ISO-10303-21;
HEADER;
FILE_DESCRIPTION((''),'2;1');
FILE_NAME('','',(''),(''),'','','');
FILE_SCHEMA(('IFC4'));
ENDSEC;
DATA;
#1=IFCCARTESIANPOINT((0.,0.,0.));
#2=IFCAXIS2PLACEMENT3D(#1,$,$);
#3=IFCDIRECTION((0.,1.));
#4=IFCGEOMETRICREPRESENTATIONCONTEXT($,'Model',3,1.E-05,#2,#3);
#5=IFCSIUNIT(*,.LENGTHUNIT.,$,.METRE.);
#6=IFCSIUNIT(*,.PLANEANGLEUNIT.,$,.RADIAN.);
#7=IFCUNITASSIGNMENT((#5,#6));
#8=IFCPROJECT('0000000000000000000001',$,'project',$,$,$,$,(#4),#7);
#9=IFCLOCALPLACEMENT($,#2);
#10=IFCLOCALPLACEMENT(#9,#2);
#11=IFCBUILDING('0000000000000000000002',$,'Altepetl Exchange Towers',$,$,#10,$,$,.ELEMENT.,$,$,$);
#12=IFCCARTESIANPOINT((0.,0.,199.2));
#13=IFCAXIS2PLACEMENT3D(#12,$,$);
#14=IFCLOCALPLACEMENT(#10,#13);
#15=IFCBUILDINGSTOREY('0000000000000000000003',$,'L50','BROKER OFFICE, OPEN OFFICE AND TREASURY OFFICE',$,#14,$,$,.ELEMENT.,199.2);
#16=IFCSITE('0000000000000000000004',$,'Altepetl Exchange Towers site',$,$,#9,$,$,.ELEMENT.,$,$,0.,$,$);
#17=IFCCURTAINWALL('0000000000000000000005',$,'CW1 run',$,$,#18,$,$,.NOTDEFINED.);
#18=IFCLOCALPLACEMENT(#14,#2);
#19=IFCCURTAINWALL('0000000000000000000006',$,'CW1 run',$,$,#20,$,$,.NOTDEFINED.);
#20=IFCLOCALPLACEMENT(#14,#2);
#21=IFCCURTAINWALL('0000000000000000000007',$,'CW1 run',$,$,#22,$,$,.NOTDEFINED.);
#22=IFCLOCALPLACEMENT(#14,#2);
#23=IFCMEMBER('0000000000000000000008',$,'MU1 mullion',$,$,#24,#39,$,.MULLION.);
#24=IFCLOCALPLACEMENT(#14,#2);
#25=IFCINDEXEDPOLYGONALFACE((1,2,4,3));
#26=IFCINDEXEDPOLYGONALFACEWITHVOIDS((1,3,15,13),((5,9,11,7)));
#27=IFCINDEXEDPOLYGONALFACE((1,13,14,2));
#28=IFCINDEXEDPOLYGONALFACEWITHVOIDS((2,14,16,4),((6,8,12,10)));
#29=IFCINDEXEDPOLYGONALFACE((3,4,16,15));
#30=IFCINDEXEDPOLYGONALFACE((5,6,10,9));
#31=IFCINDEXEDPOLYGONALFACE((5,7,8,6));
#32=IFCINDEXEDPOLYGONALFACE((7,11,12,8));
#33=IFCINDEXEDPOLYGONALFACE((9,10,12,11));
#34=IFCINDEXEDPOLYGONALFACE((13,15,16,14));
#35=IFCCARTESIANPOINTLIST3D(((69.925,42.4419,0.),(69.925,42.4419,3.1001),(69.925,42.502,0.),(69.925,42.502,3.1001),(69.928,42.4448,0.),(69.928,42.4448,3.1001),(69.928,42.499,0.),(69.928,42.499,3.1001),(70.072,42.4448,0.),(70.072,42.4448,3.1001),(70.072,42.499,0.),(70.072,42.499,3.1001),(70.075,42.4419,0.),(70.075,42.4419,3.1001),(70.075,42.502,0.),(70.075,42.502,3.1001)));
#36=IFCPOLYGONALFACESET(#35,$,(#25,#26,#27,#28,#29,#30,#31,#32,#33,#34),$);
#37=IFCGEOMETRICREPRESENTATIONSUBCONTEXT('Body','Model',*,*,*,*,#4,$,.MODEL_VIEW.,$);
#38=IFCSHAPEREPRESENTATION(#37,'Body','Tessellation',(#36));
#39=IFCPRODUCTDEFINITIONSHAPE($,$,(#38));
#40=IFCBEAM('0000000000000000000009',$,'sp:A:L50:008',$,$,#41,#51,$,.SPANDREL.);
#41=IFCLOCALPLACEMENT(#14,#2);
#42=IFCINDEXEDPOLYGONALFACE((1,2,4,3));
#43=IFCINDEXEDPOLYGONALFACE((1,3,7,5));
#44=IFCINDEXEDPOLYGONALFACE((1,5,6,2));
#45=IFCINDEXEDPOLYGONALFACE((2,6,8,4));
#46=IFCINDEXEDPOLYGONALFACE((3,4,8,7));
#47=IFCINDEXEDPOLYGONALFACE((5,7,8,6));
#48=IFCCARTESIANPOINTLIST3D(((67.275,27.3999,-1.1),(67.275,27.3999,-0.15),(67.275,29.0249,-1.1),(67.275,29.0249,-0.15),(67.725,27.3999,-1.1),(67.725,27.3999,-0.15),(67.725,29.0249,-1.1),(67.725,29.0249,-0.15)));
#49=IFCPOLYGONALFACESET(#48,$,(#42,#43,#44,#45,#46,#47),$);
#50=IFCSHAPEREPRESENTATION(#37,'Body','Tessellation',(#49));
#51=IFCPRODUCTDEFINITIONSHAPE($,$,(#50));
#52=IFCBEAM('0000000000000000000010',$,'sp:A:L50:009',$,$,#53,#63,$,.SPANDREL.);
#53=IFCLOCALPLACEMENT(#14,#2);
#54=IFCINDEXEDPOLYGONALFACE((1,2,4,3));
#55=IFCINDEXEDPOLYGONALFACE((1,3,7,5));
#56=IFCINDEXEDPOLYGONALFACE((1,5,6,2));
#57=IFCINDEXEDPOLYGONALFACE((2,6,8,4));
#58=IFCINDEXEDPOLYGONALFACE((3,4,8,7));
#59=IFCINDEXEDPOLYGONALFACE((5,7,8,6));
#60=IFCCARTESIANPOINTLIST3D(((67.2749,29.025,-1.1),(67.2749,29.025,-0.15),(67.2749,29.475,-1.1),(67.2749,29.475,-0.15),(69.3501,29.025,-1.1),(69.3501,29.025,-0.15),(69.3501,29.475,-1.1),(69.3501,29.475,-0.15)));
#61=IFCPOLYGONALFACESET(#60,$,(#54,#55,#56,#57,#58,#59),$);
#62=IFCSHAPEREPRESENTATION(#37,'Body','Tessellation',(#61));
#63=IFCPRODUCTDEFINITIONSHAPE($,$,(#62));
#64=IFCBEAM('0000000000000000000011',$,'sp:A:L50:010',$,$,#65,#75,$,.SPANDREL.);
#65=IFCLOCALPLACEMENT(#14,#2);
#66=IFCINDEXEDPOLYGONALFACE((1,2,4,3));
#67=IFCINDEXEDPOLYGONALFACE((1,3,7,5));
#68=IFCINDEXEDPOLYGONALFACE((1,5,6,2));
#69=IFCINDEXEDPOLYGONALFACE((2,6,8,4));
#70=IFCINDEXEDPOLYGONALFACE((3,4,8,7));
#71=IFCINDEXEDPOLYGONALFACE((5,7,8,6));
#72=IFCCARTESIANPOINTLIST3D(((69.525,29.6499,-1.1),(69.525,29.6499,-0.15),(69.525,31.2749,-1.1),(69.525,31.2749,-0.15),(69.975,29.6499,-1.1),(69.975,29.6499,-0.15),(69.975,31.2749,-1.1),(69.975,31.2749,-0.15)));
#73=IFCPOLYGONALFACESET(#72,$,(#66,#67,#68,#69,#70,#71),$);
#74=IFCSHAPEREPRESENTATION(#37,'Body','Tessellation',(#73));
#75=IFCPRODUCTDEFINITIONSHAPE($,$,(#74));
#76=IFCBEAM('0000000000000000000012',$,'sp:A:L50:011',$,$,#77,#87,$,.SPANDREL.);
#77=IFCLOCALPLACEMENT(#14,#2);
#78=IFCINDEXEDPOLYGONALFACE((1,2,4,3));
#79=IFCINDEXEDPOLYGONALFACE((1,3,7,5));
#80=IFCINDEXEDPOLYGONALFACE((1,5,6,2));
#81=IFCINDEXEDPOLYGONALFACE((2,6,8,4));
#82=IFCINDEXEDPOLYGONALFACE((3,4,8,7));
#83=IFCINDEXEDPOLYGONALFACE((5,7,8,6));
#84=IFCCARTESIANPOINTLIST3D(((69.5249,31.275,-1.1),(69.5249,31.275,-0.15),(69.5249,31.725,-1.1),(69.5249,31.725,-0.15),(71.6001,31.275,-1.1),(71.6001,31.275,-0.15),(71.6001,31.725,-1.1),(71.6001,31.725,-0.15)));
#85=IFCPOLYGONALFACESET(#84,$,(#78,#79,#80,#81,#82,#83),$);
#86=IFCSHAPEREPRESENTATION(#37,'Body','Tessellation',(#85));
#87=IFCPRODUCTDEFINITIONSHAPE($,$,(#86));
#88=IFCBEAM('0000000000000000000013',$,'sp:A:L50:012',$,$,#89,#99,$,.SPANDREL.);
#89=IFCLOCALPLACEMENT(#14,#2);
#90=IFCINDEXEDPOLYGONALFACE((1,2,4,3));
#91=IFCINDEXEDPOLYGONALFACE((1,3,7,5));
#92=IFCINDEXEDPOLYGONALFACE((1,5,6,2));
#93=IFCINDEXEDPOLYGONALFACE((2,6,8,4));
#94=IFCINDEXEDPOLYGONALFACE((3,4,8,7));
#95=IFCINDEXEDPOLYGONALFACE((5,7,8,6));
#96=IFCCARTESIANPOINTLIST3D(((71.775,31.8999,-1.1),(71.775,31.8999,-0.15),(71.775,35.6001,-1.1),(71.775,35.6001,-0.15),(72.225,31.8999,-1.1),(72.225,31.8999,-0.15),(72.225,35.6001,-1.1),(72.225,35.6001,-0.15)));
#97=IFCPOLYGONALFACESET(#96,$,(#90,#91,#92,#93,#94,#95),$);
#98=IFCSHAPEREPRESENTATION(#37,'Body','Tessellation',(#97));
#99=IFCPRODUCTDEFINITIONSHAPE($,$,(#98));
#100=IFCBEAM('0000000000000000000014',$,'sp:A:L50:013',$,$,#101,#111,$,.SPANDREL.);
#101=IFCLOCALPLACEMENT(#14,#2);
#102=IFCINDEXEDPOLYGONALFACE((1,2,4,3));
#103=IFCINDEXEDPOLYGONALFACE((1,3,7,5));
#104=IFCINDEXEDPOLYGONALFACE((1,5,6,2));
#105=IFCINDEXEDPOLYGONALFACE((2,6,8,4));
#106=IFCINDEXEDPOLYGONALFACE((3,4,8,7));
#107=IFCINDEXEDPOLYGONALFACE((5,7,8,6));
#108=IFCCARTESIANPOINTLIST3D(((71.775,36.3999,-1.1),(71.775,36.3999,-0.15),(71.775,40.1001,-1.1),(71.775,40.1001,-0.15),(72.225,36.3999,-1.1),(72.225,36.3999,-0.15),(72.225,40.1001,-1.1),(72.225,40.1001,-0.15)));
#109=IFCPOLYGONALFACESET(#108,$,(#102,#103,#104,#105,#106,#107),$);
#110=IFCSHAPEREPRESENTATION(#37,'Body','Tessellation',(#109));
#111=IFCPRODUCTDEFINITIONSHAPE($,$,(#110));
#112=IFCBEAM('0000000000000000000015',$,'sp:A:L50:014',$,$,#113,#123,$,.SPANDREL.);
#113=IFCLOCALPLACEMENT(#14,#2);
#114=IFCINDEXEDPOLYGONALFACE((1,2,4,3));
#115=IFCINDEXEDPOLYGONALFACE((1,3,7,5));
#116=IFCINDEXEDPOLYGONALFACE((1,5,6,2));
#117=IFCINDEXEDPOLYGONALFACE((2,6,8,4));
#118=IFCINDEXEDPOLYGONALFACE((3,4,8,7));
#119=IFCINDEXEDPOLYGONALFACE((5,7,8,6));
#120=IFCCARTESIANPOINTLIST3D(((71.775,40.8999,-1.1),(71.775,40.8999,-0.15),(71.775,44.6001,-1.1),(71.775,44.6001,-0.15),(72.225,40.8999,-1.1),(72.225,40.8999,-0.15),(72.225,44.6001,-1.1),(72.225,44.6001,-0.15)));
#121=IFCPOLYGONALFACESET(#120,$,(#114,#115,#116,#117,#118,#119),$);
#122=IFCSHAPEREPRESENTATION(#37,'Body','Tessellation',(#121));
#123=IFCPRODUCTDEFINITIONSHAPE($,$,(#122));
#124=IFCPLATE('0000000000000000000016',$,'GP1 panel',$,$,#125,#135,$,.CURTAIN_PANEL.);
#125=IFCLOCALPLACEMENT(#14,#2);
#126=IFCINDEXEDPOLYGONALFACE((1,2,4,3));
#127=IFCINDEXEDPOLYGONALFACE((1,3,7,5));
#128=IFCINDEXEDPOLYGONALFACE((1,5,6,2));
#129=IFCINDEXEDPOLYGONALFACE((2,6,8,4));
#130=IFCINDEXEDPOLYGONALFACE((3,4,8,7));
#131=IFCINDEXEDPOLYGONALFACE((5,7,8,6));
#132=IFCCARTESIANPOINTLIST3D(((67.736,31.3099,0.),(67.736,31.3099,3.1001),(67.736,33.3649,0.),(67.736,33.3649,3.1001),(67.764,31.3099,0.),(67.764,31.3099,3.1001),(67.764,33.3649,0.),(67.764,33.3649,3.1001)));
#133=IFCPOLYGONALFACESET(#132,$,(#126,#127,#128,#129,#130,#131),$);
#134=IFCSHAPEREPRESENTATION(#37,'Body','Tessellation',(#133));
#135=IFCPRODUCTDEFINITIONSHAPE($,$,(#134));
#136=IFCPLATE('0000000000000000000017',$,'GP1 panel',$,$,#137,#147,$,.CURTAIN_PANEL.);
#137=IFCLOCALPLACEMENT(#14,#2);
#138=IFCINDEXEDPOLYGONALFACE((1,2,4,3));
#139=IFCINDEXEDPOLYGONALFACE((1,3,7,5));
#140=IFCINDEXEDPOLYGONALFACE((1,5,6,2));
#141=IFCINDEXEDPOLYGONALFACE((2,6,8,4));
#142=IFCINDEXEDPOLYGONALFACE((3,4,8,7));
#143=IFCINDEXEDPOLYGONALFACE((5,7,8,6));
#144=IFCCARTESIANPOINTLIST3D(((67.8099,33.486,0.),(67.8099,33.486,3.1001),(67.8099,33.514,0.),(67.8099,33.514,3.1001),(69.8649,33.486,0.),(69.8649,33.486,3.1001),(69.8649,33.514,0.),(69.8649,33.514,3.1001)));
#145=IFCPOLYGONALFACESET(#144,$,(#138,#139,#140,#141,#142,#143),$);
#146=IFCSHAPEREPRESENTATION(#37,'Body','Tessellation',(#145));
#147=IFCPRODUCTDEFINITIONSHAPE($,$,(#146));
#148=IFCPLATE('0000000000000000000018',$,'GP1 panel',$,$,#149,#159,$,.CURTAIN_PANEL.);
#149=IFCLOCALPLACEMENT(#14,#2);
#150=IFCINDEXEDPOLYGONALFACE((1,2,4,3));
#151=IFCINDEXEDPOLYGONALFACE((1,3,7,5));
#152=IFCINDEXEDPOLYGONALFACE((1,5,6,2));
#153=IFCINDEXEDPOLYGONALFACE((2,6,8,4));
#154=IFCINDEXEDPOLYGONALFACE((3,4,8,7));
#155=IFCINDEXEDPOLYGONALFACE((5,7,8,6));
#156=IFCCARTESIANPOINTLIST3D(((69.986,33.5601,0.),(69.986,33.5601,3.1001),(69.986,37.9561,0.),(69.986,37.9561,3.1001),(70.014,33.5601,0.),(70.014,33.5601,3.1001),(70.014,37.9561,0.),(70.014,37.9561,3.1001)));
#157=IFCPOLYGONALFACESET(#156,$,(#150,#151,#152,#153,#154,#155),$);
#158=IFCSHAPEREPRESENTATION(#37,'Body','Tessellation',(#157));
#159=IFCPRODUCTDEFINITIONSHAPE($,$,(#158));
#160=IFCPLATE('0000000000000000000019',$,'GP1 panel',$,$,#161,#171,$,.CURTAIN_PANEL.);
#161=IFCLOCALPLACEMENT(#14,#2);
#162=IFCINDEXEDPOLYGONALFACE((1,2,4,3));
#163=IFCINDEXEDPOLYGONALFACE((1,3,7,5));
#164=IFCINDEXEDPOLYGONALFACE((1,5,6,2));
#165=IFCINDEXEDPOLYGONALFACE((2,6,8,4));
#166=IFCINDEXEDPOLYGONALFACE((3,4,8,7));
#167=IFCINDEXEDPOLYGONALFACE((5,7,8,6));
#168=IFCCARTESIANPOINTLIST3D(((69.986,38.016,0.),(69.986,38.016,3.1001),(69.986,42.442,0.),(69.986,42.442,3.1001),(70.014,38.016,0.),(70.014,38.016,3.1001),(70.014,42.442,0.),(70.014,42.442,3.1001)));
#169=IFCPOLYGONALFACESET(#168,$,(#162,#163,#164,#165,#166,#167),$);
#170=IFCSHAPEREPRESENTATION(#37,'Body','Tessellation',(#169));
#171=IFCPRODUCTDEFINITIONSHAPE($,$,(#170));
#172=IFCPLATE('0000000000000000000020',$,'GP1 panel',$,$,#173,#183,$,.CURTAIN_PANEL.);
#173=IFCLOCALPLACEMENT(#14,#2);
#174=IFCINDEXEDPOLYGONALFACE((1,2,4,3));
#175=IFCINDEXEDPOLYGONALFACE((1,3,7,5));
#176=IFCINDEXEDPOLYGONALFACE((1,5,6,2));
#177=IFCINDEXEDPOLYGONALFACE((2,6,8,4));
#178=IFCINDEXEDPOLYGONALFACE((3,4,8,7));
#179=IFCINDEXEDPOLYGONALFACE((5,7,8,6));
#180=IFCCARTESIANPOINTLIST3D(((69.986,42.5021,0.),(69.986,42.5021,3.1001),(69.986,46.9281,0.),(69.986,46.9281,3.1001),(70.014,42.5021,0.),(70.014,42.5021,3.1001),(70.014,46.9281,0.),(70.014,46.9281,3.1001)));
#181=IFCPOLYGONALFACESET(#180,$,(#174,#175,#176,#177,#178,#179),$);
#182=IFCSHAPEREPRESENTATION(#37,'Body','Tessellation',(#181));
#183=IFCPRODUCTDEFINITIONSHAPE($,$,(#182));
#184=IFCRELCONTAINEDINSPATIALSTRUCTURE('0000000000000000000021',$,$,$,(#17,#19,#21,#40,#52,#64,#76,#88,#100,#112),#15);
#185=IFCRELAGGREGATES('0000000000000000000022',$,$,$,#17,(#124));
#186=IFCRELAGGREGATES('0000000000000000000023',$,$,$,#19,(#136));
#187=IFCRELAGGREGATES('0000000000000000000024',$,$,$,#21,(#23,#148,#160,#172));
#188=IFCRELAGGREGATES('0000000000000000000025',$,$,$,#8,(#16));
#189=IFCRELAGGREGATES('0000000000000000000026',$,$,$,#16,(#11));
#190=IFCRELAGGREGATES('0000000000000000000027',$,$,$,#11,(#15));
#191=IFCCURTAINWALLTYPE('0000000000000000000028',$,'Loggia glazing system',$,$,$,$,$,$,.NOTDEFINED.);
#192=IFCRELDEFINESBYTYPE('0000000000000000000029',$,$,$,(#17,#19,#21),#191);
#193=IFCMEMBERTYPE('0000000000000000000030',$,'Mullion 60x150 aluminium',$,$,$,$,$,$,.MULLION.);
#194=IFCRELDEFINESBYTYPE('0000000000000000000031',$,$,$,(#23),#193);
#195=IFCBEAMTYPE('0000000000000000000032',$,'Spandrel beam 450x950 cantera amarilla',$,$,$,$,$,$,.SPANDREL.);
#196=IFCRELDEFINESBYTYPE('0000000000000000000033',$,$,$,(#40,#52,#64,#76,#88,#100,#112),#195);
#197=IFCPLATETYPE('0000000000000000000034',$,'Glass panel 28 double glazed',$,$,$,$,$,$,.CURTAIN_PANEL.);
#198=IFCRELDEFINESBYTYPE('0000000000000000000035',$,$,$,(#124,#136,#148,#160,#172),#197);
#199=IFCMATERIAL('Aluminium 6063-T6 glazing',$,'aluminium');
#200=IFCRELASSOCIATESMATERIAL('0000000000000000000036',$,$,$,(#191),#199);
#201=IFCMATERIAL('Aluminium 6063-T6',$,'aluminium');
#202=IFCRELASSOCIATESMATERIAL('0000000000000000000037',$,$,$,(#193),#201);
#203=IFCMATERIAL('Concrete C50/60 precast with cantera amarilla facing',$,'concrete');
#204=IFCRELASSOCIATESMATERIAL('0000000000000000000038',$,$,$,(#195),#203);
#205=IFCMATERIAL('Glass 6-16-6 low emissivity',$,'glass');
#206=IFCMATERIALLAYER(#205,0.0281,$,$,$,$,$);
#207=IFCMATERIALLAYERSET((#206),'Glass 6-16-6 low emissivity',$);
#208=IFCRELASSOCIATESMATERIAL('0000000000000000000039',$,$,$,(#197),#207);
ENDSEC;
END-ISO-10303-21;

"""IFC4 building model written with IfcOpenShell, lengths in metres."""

from ifc_helpers import new_model, si_unit, direction, frame, origin, origin_2d, place, context, subcontext, project, spatial, rectangle, hollow_rectangle, extrude, material, layer, layer_set, material_profile, profile_set, type_object, element, aggregate, save


model = new_model("IFC4")

# Units and contexts
model_context = context("Model", 3, precision=1e-05, world=origin(), true_north=direction((0.0, 1.0)))
body_context = subcontext(model_context, "Body", "Model", "MODEL_VIEW")
ifc_project = project(units=[si_unit("LENGTHUNIT", "METRE"), si_unit("PLANEANGLEUNIT", "RADIAN")], contexts=[model_context])

# Site, building, storey
site_placement = place(None, origin())
site = spatial("IfcSite", under=ifc_project, at=site_placement, Name="Altepetl Exchange Towers site", CompositionType="ELEMENT", RefElevation=0.0)
building_placement = place(site_placement, origin())
building = spatial("IfcBuilding", under=site, at=building_placement, Name="Altepetl Exchange Towers", CompositionType="ELEMENT")
storey_placement = place(building_placement, frame((0.0, 0.0, 199.2)))
storey = spatial("IfcBuildingStorey", under=building, at=storey_placement, Name="L50", Description="BROKER OFFICE, OPEN OFFICE AND TREASURY OFFICE", CompositionType="ELEMENT", Elevation=199.2)

# Shared definitions
ifc_material_1 = material(Name="Aluminium 6063-T6 glazing", Category="aluminium")
curtain_wall_type = type_object("IfcCurtainWallType", Name="Loggia glazing system", PredefinedType="NOTDEFINED", material=ifc_material_1)
ifc_material_2 = material(Name="Aluminium 6063-T6", Category="aluminium")
ifc_material_profile_1 = material_profile(ifc_material_2, hollow_rectangle(XDim=0.0601, YDim=0.1499, WallThickness=0.0029, at=origin_2d()), Name="Mullion 60x150 aluminium")
ifc_profile_set_1 = profile_set([ifc_material_profile_1], Name="Aluminium 6063-T6")
member_type = type_object("IfcMemberType", Name="Mullion 60x150 aluminium", PredefinedType="MULLION", material=ifc_profile_set_1)

# Curtain walls, member
curtain_wall_1_placement = place(storey_placement, origin())
curtain_wall_1 = element("IfcCurtainWall", 1, at=curtain_wall_1_placement, inside=storey, type_object=curtain_wall_type, Name="CW1 run", PredefinedType="NOTDEFINED")
curtain_wall_2_placement = place(storey_placement, origin())
curtain_wall_2 = element("IfcCurtainWall", 2, at=curtain_wall_2_placement, inside=storey, type_object=curtain_wall_type, Name="CW1 run", PredefinedType="NOTDEFINED")
curtain_wall_3_placement = place(storey_placement, origin())
curtain_wall_3 = element("IfcCurtainWall", 3, at=curtain_wall_3_placement, inside=storey, type_object=curtain_wall_type, Name="CW1 run", PredefinedType="NOTDEFINED")
member_1_placement = place(storey_placement, frame((70.0, 42.4719, 0.0), z_axis=(0.0, 0.0, 1.0), x_axis=(0.0, 1.0, 0.0)))
member_1 = element("IfcMember", 4, at=member_1_placement, type_object=member_type, Name="MU1 mullion", PredefinedType="MULLION", context=body_context, shape_type="SweptSolid", body=[
    extrude(hollow_rectangle(XDim=0.0601, YDim=0.1499, WallThickness=0.0029, at=origin_2d()), origin(), (0.0, 0.0, 1.0), 3.1001),
])

# Beams
ifc_material_3 = material(Name="Concrete C50/60 precast with cantera amarilla facing", Category="concrete")
ifc_material_profile_2 = material_profile(ifc_material_3, rectangle(XDim=0.45, YDim=0.95, at=origin_2d()), Name="450 x 950")
ifc_profile_set_2 = profile_set([ifc_material_profile_2], Name="Concrete C50/60 precast with cantera amarilla facing")
beam_type = type_object("IfcBeamType", Name="Spandrel beam 450x950 cantera amarilla", PredefinedType="SPANDREL", material=ifc_profile_set_2)
beam_1_placement = place(storey_placement, frame((67.5, 27.3999, -0.625), z_axis=(0.0, 1.0, 0.0), x_axis=(-1.0, 0.0, 0.0)))
element("IfcBeam", 5, at=beam_1_placement, inside=storey, type_object=beam_type, Name="sp:A:L50:008", PredefinedType="SPANDREL", context=body_context, shape_type="SweptSolid", body=[
    extrude(rectangle(XDim=0.45, YDim=0.95, at=origin_2d()), origin(), (0.0, 0.0, 1.0), 1.625),
])
beam_2_placement = place(storey_placement, frame((67.2749, 29.25, -0.625), z_axis=(1.0, 0.0, 0.0), x_axis=(0.0, 1.0, 0.0)))
element("IfcBeam", 6, at=beam_2_placement, inside=storey, type_object=beam_type, Name="sp:A:L50:009", PredefinedType="SPANDREL", context=body_context, shape_type="SweptSolid", body=[
    extrude(rectangle(XDim=0.45, YDim=0.95, at=origin_2d()), origin(), (0.0, 0.0, 1.0), 2.0752),
])
beam_3_placement = place(storey_placement, frame((69.75, 29.6499, -0.625), z_axis=(0.0, 1.0, 0.0), x_axis=(-1.0, 0.0, 0.0)))
element("IfcBeam", 7, at=beam_3_placement, inside=storey, type_object=beam_type, Name="sp:A:L50:010", PredefinedType="SPANDREL", context=body_context, shape_type="SweptSolid", body=[
    extrude(rectangle(XDim=0.45, YDim=0.95, at=origin_2d()), origin(), (0.0, 0.0, 1.0), 1.625),
])
beam_4_placement = place(storey_placement, frame((69.5249, 31.5, -0.625), z_axis=(1.0, 0.0, 0.0), x_axis=(0.0, 1.0, 0.0)))
element("IfcBeam", 8, at=beam_4_placement, inside=storey, type_object=beam_type, Name="sp:A:L50:011", PredefinedType="SPANDREL", context=body_context, shape_type="SweptSolid", body=[
    extrude(rectangle(XDim=0.45, YDim=0.95, at=origin_2d()), origin(), (0.0, 0.0, 1.0), 2.0752),
])
for number, where, z_axis, x_axis, name in (
    (9, (72.0, 31.8999, -0.625), (0.0, 1.0, 0.0), (-1.0, 0.0, 0.0), "sp:A:L50:012"),
    (10, (72.0, 36.3999, -0.625), (0.0, 1.0, 0.0), (-1.0, 0.0, 0.0), "sp:A:L50:013"),
    (11, (72.0, 40.8999, -0.625), (0.0, 1.0, 0.0), (-1.0, 0.0, 0.0), "sp:A:L50:014"),
):
    element("IfcBeam", number, at=place(storey_placement, frame(where, z_axis=z_axis, x_axis=x_axis)), inside=storey, type_object=beam_type, Name=name, PredefinedType="SPANDREL", context=body_context, shape_type="SweptSolid", body=[
        extrude(rectangle(XDim=0.45, YDim=0.95, at=origin_2d()), origin(), (0.0, 0.0, 1.0), 3.7002),
    ])

# Plates
ifc_material_4 = material(Name="Glass 6-16-6 low emissivity", Category="glass")
ifc_layer = layer(ifc_material_4, 0.0281)
ifc_layer_set = layer_set([ifc_layer], Name="Glass 6-16-6 low emissivity")
plate_type = type_object("IfcPlateType", Name="Glass panel 28 double glazed", PredefinedType="CURTAIN_PANEL", material=ifc_layer_set)
plate_1_placement = place(storey_placement, frame((67.75, 32.3374, 0.0), z_axis=(0.0, 0.0, 1.0), x_axis=(0.0, 1.0, 0.0)))
plate_1 = element("IfcPlate", 12, at=plate_1_placement, type_object=plate_type, Name="GP1 panel", PredefinedType="CURTAIN_PANEL", context=body_context, shape_type="SweptSolid", body=[
    extrude(rectangle(XDim=2.0549, YDim=0.0281, at=origin_2d()), origin(), (0.0, 0.0, 1.0), 3.1001),
])
aggregate(curtain_wall_1, [plate_1])
plate_2_placement = place(storey_placement, frame((68.8374, 33.5, 0.0)))
plate_2 = element("IfcPlate", 13, at=plate_2_placement, type_object=plate_type, Name="GP1 panel", PredefinedType="CURTAIN_PANEL", context=body_context, shape_type="SweptSolid", body=[
    extrude(rectangle(XDim=2.0549, YDim=0.0281, at=origin_2d()), origin(), (0.0, 0.0, 1.0), 3.1001),
])
aggregate(curtain_wall_2, [plate_2])
plate_3_placement = place(storey_placement, frame((70.0, 35.7581, 0.0), z_axis=(0.0, 0.0, 1.0), x_axis=(0.0, 1.0, 0.0)))
plate_3 = element("IfcPlate", 14, at=plate_3_placement, type_object=plate_type, Name="GP1 panel", PredefinedType="CURTAIN_PANEL", context=body_context, shape_type="SweptSolid", body=[
    extrude(rectangle(XDim=4.396, YDim=0.0281, at=origin_2d()), origin(), (0.0, 0.0, 1.0), 3.1001),
])
plate_4_placement = place(storey_placement, frame((70.0, 40.229, 0.0), z_axis=(0.0, 0.0, 1.0), x_axis=(0.0, 1.0, 0.0)))
plate_4 = element("IfcPlate", 15, at=plate_4_placement, type_object=plate_type, Name="GP1 panel", PredefinedType="CURTAIN_PANEL", context=body_context, shape_type="SweptSolid", body=[
    extrude(rectangle(XDim=4.426, YDim=0.0281, at=origin_2d()), origin(), (0.0, 0.0, 1.0), 3.1001),
])
plate_5_placement = place(storey_placement, frame((70.0, 44.7151, 0.0), z_axis=(0.0, 0.0, 1.0), x_axis=(0.0, 1.0, 0.0)))
plate_5 = element("IfcPlate", 16, at=plate_5_placement, type_object=plate_type, Name="GP1 panel", PredefinedType="CURTAIN_PANEL", context=body_context, shape_type="SweptSolid", body=[
    extrude(rectangle(XDim=4.426, YDim=0.0281, at=origin_2d()), origin(), (0.0, 0.0, 1.0), 3.1001),
])
aggregate(curtain_wall_3, [member_1, plate_3, plate_4, plate_5])

save(model, "model.ifc")
